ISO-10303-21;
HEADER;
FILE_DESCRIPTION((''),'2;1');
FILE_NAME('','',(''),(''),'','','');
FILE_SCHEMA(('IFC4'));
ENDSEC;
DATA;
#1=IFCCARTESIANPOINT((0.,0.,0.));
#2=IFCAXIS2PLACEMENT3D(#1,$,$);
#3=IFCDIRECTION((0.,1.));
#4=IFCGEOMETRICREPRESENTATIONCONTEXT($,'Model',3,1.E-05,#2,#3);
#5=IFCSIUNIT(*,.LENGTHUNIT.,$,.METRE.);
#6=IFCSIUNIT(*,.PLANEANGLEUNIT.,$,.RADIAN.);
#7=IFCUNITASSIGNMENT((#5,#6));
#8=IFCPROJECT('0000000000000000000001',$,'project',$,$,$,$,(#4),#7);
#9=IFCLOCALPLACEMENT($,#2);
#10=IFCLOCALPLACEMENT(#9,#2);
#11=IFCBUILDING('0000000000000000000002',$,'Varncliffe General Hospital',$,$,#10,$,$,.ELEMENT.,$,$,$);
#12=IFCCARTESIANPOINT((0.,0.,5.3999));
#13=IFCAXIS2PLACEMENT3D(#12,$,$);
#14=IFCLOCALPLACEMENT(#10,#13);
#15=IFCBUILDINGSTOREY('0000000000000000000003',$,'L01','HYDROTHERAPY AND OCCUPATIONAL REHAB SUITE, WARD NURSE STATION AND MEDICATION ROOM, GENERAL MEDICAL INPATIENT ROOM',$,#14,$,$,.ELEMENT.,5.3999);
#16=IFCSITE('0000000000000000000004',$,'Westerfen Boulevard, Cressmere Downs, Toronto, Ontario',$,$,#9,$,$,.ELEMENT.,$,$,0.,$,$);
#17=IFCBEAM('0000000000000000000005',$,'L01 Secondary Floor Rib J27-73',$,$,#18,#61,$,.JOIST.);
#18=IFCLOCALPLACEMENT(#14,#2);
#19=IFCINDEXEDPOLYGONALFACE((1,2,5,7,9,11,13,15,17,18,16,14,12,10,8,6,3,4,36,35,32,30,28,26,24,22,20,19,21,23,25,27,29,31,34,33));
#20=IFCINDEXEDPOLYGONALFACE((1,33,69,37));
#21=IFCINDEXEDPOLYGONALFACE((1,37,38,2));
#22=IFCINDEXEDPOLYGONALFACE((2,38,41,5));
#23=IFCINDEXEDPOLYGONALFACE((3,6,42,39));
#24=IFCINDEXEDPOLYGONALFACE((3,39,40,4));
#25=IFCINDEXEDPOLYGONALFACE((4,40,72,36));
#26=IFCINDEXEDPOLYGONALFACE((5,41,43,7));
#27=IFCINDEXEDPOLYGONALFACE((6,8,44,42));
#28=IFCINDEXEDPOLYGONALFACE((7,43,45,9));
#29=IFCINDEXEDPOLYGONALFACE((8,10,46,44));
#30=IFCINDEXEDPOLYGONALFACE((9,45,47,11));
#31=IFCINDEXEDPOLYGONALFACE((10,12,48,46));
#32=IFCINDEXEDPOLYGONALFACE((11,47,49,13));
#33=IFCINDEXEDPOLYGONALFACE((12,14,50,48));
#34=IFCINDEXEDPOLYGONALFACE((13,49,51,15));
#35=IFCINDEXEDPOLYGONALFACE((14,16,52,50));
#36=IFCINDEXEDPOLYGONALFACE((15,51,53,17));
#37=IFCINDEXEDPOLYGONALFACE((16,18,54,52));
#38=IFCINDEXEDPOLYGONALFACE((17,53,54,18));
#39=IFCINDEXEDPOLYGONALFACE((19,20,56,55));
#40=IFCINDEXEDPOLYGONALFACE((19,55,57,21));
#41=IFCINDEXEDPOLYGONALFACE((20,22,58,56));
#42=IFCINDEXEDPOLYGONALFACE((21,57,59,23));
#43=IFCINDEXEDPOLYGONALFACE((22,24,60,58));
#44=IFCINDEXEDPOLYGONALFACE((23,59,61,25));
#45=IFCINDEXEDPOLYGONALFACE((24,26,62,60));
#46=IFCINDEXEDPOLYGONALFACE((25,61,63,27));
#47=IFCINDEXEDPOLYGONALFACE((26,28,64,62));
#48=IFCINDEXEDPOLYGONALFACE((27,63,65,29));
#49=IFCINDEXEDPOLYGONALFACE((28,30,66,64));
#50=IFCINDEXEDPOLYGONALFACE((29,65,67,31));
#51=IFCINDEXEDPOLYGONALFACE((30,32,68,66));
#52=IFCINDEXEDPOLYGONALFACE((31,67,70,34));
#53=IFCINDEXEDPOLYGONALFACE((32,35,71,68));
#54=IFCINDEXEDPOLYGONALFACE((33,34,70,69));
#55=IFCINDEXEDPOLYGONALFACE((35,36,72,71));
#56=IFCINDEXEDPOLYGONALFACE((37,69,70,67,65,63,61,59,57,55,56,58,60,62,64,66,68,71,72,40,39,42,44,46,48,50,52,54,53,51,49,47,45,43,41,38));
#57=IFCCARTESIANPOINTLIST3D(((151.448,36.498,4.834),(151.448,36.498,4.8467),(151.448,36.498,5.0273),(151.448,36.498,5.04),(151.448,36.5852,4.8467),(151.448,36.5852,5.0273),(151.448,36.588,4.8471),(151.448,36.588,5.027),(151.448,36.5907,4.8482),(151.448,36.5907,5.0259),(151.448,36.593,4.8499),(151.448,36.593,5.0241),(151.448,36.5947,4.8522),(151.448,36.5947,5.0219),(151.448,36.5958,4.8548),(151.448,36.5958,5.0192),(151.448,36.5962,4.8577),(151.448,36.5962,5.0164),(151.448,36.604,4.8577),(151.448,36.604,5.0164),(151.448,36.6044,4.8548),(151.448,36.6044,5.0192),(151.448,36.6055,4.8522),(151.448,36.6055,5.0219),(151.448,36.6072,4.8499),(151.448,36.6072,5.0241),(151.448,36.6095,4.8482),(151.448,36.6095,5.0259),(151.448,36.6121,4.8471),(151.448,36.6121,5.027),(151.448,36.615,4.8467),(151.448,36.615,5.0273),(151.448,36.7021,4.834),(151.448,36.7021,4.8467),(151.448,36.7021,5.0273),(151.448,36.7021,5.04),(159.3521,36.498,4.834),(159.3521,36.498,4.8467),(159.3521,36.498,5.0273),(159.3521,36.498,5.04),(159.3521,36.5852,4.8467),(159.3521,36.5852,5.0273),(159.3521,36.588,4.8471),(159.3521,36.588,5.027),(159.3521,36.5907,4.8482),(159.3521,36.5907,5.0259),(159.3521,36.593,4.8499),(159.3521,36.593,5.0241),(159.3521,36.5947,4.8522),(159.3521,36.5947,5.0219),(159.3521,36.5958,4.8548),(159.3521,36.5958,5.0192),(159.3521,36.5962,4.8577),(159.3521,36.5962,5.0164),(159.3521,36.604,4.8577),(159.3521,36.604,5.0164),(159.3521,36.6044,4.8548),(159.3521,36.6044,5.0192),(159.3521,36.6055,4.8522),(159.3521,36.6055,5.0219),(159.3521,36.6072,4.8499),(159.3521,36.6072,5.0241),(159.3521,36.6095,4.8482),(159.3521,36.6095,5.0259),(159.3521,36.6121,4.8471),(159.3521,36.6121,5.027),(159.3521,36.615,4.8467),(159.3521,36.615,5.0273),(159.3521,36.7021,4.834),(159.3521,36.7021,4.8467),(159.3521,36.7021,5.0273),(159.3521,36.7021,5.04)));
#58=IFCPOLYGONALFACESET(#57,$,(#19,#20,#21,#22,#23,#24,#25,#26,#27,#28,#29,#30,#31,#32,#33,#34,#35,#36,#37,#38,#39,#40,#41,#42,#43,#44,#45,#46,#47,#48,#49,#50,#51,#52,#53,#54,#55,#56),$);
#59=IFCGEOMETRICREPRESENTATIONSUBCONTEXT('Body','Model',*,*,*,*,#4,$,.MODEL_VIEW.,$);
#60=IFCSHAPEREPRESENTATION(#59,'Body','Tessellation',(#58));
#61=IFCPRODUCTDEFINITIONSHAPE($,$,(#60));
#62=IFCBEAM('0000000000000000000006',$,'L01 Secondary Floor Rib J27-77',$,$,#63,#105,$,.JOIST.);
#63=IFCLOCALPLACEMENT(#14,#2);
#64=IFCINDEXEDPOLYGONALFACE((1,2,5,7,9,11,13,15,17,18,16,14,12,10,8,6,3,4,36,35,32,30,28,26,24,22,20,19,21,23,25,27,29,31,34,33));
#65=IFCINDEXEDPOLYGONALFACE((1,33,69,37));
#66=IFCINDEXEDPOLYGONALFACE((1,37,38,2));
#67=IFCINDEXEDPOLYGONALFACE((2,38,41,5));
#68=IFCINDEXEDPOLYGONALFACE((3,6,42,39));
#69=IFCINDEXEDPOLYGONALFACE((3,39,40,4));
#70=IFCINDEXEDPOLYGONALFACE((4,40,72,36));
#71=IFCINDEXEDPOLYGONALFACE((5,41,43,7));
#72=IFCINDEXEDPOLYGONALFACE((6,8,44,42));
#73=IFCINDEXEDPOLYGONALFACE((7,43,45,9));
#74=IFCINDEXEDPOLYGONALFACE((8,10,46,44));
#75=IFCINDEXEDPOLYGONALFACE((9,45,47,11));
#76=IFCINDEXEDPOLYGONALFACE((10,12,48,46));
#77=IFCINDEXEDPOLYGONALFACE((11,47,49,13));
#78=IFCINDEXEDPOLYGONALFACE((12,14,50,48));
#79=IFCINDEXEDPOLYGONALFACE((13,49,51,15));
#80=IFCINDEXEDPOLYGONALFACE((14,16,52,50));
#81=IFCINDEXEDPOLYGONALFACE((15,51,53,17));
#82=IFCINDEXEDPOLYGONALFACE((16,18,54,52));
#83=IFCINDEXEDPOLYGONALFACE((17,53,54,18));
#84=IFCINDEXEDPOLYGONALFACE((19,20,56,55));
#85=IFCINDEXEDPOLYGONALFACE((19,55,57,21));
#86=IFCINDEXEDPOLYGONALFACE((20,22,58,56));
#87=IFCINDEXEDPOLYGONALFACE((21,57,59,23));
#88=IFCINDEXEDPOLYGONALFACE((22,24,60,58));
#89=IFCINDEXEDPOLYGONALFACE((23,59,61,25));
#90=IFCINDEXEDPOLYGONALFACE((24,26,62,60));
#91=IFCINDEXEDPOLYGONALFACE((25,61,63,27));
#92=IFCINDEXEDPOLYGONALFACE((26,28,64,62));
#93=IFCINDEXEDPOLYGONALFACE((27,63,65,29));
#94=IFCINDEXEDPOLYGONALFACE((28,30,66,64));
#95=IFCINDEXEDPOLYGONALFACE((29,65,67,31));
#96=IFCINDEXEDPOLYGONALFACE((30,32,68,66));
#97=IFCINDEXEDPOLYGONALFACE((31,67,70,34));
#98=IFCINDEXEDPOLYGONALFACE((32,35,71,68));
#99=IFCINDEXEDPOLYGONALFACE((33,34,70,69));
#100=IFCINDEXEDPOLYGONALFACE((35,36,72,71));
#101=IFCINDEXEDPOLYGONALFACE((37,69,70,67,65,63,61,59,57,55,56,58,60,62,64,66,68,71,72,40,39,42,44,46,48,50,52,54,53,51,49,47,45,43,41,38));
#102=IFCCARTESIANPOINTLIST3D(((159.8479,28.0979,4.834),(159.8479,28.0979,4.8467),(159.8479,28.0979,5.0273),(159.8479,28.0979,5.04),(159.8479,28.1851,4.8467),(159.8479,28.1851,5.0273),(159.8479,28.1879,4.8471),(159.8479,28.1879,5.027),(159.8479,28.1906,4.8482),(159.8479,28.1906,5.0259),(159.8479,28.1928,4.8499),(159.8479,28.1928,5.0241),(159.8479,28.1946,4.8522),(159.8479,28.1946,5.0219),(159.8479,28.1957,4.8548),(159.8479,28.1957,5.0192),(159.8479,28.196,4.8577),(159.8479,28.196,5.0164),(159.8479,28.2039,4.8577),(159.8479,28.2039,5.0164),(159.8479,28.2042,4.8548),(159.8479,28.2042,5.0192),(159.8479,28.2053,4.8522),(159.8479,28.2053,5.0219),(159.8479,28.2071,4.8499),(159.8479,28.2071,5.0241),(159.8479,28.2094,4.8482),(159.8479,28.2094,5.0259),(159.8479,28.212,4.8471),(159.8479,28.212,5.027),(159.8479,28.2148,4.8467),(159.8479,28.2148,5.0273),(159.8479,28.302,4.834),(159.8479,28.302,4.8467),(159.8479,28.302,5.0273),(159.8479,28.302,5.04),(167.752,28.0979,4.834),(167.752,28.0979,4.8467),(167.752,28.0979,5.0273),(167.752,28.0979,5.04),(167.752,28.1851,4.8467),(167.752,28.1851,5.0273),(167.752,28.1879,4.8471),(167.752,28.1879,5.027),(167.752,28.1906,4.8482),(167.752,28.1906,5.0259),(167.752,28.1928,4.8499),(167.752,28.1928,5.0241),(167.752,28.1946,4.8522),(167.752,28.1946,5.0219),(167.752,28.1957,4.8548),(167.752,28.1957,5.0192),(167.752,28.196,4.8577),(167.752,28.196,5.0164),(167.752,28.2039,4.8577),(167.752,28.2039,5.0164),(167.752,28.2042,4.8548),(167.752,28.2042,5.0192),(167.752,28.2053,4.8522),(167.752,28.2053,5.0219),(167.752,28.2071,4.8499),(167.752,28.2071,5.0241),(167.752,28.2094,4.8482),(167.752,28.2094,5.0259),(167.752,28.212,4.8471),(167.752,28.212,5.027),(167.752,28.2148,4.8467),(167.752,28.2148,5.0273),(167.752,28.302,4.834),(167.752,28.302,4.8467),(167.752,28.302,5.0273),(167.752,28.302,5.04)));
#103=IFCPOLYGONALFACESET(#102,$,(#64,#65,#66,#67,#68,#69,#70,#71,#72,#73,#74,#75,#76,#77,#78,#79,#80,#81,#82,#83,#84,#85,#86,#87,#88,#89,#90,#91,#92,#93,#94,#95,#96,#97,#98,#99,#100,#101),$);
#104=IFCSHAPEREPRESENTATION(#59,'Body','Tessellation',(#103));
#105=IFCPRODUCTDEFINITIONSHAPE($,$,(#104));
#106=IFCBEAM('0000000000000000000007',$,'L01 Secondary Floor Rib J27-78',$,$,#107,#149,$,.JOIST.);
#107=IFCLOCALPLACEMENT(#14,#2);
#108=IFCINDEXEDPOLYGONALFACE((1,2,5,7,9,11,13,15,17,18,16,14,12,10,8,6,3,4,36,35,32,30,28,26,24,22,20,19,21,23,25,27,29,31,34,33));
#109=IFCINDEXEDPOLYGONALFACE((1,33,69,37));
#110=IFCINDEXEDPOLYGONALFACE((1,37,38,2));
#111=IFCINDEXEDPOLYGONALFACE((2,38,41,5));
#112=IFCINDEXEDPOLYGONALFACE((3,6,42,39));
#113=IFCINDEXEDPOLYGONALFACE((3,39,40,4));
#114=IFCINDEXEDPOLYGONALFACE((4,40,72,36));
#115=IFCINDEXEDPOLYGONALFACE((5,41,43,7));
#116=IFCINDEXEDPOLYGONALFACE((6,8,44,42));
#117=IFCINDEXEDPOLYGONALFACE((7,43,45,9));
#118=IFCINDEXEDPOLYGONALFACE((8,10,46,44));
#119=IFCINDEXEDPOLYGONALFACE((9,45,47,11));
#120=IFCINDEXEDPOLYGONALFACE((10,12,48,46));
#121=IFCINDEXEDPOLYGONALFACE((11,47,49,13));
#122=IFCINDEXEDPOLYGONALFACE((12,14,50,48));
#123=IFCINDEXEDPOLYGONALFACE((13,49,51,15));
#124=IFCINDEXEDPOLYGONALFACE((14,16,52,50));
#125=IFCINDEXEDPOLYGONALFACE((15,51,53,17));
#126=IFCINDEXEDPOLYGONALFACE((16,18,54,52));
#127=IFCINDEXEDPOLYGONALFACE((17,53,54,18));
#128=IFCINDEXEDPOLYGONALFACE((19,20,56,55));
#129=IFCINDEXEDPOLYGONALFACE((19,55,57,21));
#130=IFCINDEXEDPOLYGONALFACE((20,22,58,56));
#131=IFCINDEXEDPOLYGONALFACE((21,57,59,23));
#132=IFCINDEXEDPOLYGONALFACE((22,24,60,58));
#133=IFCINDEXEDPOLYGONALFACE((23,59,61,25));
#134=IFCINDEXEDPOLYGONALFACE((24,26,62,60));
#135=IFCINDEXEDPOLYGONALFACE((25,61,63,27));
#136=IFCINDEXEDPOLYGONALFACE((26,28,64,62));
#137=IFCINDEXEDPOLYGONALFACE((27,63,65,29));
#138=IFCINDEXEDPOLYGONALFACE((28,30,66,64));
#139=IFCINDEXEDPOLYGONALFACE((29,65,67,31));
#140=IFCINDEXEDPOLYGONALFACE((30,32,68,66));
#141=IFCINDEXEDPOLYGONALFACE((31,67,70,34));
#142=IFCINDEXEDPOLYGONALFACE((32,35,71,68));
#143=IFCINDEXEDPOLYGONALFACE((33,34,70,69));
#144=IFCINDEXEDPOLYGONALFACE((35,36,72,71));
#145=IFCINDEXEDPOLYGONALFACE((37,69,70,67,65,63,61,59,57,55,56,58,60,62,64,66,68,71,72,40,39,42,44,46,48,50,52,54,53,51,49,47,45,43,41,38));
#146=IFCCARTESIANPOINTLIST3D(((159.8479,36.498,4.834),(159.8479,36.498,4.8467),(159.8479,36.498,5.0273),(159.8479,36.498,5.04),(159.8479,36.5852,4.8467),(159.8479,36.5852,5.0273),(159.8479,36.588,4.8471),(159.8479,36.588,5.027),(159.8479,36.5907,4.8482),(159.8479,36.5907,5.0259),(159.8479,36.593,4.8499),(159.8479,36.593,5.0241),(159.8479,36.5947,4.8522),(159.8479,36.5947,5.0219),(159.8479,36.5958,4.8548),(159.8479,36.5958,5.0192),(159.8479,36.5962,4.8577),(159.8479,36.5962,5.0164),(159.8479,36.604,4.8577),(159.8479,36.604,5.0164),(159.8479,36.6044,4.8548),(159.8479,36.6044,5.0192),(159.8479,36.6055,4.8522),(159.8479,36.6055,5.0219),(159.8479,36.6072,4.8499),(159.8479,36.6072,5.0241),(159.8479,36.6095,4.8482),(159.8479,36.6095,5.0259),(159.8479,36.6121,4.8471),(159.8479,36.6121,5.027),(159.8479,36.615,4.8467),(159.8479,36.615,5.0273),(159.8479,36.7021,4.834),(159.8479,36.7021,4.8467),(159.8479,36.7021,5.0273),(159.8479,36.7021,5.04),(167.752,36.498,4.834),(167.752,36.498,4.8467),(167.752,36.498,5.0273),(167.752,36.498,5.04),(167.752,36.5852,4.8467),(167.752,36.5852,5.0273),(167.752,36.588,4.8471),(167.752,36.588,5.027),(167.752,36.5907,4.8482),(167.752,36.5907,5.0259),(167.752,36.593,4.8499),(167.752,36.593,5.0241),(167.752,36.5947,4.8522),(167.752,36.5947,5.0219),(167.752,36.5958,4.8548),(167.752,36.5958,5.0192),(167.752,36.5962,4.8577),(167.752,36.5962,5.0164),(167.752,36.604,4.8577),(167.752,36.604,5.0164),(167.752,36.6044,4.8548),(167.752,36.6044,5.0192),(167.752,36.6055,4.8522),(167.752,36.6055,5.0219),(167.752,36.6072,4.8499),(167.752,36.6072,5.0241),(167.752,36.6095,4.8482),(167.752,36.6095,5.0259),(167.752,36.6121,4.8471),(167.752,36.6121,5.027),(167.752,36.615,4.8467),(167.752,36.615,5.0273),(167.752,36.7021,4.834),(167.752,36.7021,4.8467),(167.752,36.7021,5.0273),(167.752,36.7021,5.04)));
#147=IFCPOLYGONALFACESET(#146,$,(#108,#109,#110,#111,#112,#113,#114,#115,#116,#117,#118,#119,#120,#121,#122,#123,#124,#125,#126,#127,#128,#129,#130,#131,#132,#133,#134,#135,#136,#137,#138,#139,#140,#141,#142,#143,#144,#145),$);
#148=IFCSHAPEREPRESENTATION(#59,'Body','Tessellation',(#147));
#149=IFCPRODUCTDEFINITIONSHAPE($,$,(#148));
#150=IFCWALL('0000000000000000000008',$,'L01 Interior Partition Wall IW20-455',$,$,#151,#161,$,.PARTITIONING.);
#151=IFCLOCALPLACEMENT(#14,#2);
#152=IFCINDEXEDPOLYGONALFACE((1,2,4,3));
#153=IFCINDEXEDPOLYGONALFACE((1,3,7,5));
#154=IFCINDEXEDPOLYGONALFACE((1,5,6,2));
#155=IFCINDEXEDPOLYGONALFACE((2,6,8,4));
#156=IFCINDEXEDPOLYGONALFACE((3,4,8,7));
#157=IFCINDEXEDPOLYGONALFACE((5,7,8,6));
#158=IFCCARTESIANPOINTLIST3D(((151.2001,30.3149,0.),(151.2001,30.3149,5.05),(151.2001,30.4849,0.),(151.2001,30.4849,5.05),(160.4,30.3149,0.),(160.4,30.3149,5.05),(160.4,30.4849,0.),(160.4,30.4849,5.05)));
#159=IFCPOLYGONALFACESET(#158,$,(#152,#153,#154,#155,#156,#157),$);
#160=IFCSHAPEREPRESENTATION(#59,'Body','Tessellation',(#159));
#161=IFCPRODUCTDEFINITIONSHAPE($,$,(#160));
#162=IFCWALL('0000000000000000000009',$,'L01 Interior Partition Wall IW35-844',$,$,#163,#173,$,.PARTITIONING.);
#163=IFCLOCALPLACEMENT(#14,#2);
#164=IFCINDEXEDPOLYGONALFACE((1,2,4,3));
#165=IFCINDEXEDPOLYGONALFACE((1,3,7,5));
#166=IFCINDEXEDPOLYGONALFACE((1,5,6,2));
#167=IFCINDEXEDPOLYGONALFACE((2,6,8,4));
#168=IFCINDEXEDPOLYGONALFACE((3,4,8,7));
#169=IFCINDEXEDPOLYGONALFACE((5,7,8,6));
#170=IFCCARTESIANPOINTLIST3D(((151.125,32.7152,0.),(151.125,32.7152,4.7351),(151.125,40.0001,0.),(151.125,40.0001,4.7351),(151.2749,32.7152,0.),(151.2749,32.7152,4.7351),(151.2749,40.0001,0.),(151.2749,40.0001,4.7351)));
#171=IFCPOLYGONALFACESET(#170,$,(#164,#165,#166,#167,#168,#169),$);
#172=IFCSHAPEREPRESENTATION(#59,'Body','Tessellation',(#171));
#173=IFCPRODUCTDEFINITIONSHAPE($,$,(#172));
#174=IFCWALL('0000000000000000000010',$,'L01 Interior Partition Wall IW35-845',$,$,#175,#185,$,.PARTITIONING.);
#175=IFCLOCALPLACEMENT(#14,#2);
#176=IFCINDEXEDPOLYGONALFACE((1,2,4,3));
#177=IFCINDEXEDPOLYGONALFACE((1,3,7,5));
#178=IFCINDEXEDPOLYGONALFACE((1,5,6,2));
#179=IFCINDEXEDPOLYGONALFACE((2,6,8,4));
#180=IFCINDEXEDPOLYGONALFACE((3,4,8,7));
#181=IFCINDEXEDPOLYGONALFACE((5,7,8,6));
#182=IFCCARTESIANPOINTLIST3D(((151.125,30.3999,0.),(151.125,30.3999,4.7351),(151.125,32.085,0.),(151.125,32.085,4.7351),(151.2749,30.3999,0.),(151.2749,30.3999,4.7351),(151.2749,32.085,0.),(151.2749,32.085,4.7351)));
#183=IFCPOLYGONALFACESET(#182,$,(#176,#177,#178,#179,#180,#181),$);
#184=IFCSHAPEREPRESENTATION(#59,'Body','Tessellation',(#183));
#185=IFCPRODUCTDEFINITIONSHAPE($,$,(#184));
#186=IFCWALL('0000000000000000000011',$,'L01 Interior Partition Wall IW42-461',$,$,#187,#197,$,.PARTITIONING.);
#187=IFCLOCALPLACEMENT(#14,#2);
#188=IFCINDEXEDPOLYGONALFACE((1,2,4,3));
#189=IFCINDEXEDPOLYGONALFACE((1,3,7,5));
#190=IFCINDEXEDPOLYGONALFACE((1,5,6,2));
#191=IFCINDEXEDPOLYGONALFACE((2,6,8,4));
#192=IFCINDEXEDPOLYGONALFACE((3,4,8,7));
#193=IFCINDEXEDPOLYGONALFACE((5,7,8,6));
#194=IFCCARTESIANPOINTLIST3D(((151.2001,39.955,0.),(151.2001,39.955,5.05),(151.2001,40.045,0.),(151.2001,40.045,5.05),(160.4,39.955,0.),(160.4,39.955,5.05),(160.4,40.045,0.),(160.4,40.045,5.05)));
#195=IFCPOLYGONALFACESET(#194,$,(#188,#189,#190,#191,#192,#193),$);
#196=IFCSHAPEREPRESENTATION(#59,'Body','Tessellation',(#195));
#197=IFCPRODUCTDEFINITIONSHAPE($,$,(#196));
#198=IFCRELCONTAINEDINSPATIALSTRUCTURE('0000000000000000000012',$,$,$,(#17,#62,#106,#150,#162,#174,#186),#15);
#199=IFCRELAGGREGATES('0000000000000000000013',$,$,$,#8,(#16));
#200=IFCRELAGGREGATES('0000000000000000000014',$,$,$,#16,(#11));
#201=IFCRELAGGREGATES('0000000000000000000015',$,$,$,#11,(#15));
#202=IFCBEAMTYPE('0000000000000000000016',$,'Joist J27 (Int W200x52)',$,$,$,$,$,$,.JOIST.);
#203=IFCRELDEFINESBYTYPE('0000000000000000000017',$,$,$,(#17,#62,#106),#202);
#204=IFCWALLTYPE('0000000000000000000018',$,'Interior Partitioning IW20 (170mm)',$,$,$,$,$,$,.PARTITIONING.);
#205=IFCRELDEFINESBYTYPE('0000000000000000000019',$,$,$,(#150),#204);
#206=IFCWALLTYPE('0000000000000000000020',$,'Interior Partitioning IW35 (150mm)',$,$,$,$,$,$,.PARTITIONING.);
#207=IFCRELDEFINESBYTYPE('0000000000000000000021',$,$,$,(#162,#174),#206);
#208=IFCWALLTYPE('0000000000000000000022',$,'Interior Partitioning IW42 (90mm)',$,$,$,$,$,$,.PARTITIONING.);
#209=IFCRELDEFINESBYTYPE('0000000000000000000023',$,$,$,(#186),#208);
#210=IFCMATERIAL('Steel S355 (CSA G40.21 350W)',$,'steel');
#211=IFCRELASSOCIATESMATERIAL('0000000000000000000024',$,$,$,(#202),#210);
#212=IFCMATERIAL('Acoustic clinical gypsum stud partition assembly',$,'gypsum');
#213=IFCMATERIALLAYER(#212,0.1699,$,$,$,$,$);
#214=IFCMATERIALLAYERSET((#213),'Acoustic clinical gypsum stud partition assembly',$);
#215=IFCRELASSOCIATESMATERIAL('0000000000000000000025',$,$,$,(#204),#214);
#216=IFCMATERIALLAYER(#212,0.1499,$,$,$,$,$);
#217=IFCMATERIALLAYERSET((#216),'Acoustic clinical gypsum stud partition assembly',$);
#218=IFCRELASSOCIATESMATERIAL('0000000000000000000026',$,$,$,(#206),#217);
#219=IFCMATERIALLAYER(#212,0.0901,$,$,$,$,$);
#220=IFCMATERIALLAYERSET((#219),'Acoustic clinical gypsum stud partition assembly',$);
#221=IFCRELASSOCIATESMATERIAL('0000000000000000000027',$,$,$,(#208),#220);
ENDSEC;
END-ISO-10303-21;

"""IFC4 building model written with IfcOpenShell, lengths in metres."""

from ifc_helpers import new_model, si_unit, direction, frame, frame_2d, origin, origin_2d, place, context, subcontext, project, spatial, rectangle, i_section, extrude, material, layer, layer_set, material_profile, profile_set, type_object, element, save


model = new_model("IFC4")

# Units and contexts
model_context = context("Model", 3, precision=1e-05, world=origin(), true_north=direction((0.0, 1.0)))
body_context = subcontext(model_context, "Body", "Model", "MODEL_VIEW")
ifc_project = project(units=[si_unit("LENGTHUNIT", "METRE"), si_unit("PLANEANGLEUNIT", "RADIAN")], contexts=[model_context])

# Site, building, storey
site_placement = place(None, origin())
site = spatial("IfcSite", under=ifc_project, at=site_placement, Name="Westerfen Boulevard, Cressmere Downs, Toronto, Ontario", CompositionType="ELEMENT", RefElevation=0.0)
building_placement = place(site_placement, origin())
building = spatial("IfcBuilding", under=site, at=building_placement, Name="Varncliffe General Hospital", CompositionType="ELEMENT")
storey_placement = place(building_placement, frame((0.0, 0.0, 5.3999)))
storey = spatial("IfcBuildingStorey", under=building, at=storey_placement, Name="L01", Description="HYDROTHERAPY AND OCCUPATIONAL REHAB SUITE, WARD NURSE STATION AND MEDICATION ROOM, GENERAL MEDICAL INPATIENT ROOM", CompositionType="ELEMENT", Elevation=5.3999)

# Beams
ifc_material_1 = material(Name="Steel S355 (CSA G40.21 350W)", Category="steel")
ifc_material_profile_1 = material_profile(ifc_material_1, i_section(OverallWidth=0.2041, OverallDepth=0.2061, WebThickness=0.0078, FlangeThickness=0.0127, FilletRadius=0.011, at=origin_2d()), Name="W200x52")
ifc_profile_set_1 = profile_set([ifc_material_profile_1], Name="Steel S355 (CSA G40.21 350W)")
beam_type_1 = type_object("IfcBeamType", Name="Joist J27 (Int W200x52)", PredefinedType="JOIST", material=ifc_profile_set_1)
for number, where, z_axis, x_axis, name in (
    (1, (151.448, 36.6001, 4.937), (1.0, 0.0, 0.0), (0.0, 1.0, 0.0), "L01 Secondary Floor Rib J27-73"),
    (2, (159.8479, 28.2, 4.937), (1.0, 0.0, 0.0), (0.0, 1.0, 0.0), "L01 Secondary Floor Rib J27-77"),
    (3, (159.8479, 36.6001, 4.937), (1.0, 0.0, 0.0), (0.0, 1.0, 0.0), "L01 Secondary Floor Rib J27-78"),
):
    element("IfcBeam", number, at=place(storey_placement, frame(where, z_axis=z_axis, x_axis=x_axis)), inside=storey, type_object=beam_type_1, Name=name, PredefinedType="JOIST", context=body_context, shape_type="SweptSolid", body=[
        extrude(i_section(OverallWidth=0.2041, OverallDepth=0.2061, WebThickness=0.0078, FlangeThickness=0.0127, FilletRadius=0.011, at=origin_2d()), origin(), (0.0, 0.0, 1.0), 7.9041),
    ])

# Walls
ifc_material_2 = material(Name="Acoustic clinical gypsum stud partition assembly", Category="gypsum")
ifc_layer_1 = layer(ifc_material_2, 0.1699)
ifc_layer_set_1 = layer_set([ifc_layer_1], Name="Acoustic clinical gypsum stud partition assembly")
wall_type_1 = type_object("IfcWallType", Name="Interior Partitioning IW20 (170mm)", PredefinedType="PARTITIONING", material=ifc_layer_set_1)
wall_1_placement = place(storey_placement, frame((151.2, 30.3999, 0.0), z_axis=(0.0, 0.0, 1.0), x_axis=(1.0, 0.0, 0.0)))
element("IfcWall", 4, at=wall_1_placement, inside=storey, type_object=wall_type_1, Name="L01 Interior Partition Wall IW20-455", PredefinedType="PARTITIONING", context=body_context, shape_type="SweptSolid", body=[
    extrude(rectangle(XDim=9.2, YDim=0.1699, at=frame_2d((4.6001, 0.0))), origin(), (0.0, 0.0, 1.0), 5.05),
])
ifc_layer_2 = layer(ifc_material_2, 0.1499)
ifc_layer_set_2 = layer_set([ifc_layer_2], Name="Acoustic clinical gypsum stud partition assembly")
wall_type_2 = type_object("IfcWallType", Name="Interior Partitioning IW35 (150mm)", PredefinedType="PARTITIONING", material=ifc_layer_set_2)
wall_2_placement = place(storey_placement, frame((151.2, 32.7151, 0.0), z_axis=(0.0, 0.0, 1.0), x_axis=(0.0, 1.0, 0.0)))
element("IfcWall", 5, at=wall_2_placement, inside=storey, type_object=wall_type_2, Name="L01 Interior Partition Wall IW35-844", PredefinedType="PARTITIONING", context=body_context, shape_type="SweptSolid", body=[
    extrude(rectangle(XDim=7.2849, YDim=0.1499, at=frame_2d((3.6426, 0.0))), origin(), (0.0, 0.0, 1.0), 4.7351),
])
wall_3_placement = place(storey_placement, frame((151.2, 30.3999, 0.0), z_axis=(0.0, 0.0, 1.0), x_axis=(0.0, 1.0, 0.0)))
element("IfcWall", 6, at=wall_3_placement, inside=storey, type_object=wall_type_2, Name="L01 Interior Partition Wall IW35-845", PredefinedType="PARTITIONING", context=body_context, shape_type="SweptSolid", body=[
    extrude(rectangle(XDim=1.6851, YDim=0.1499, at=frame_2d((0.8425, 0.0))), origin(), (0.0, 0.0, 1.0), 4.7351),
])
ifc_layer_3 = layer(ifc_material_2, 0.0901)
ifc_layer_set_3 = layer_set([ifc_layer_3], Name="Acoustic clinical gypsum stud partition assembly")
wall_type_3 = type_object("IfcWallType", Name="Interior Partitioning IW42 (90mm)", PredefinedType="PARTITIONING", material=ifc_layer_set_3)
wall_4_placement = place(storey_placement, frame((151.2, 40.0, 0.0), z_axis=(0.0, 0.0, 1.0), x_axis=(1.0, 0.0, 0.0)))
element("IfcWall", 7, at=wall_4_placement, inside=storey, type_object=wall_type_3, Name="L01 Interior Partition Wall IW42-461", PredefinedType="PARTITIONING", context=body_context, shape_type="SweptSolid", body=[
    extrude(rectangle(XDim=9.2, YDim=0.0901, at=frame_2d((4.6001, 0.0))), origin(), (0.0, 0.0, 1.0), 5.05),
])

save(model, "model.ifc")
